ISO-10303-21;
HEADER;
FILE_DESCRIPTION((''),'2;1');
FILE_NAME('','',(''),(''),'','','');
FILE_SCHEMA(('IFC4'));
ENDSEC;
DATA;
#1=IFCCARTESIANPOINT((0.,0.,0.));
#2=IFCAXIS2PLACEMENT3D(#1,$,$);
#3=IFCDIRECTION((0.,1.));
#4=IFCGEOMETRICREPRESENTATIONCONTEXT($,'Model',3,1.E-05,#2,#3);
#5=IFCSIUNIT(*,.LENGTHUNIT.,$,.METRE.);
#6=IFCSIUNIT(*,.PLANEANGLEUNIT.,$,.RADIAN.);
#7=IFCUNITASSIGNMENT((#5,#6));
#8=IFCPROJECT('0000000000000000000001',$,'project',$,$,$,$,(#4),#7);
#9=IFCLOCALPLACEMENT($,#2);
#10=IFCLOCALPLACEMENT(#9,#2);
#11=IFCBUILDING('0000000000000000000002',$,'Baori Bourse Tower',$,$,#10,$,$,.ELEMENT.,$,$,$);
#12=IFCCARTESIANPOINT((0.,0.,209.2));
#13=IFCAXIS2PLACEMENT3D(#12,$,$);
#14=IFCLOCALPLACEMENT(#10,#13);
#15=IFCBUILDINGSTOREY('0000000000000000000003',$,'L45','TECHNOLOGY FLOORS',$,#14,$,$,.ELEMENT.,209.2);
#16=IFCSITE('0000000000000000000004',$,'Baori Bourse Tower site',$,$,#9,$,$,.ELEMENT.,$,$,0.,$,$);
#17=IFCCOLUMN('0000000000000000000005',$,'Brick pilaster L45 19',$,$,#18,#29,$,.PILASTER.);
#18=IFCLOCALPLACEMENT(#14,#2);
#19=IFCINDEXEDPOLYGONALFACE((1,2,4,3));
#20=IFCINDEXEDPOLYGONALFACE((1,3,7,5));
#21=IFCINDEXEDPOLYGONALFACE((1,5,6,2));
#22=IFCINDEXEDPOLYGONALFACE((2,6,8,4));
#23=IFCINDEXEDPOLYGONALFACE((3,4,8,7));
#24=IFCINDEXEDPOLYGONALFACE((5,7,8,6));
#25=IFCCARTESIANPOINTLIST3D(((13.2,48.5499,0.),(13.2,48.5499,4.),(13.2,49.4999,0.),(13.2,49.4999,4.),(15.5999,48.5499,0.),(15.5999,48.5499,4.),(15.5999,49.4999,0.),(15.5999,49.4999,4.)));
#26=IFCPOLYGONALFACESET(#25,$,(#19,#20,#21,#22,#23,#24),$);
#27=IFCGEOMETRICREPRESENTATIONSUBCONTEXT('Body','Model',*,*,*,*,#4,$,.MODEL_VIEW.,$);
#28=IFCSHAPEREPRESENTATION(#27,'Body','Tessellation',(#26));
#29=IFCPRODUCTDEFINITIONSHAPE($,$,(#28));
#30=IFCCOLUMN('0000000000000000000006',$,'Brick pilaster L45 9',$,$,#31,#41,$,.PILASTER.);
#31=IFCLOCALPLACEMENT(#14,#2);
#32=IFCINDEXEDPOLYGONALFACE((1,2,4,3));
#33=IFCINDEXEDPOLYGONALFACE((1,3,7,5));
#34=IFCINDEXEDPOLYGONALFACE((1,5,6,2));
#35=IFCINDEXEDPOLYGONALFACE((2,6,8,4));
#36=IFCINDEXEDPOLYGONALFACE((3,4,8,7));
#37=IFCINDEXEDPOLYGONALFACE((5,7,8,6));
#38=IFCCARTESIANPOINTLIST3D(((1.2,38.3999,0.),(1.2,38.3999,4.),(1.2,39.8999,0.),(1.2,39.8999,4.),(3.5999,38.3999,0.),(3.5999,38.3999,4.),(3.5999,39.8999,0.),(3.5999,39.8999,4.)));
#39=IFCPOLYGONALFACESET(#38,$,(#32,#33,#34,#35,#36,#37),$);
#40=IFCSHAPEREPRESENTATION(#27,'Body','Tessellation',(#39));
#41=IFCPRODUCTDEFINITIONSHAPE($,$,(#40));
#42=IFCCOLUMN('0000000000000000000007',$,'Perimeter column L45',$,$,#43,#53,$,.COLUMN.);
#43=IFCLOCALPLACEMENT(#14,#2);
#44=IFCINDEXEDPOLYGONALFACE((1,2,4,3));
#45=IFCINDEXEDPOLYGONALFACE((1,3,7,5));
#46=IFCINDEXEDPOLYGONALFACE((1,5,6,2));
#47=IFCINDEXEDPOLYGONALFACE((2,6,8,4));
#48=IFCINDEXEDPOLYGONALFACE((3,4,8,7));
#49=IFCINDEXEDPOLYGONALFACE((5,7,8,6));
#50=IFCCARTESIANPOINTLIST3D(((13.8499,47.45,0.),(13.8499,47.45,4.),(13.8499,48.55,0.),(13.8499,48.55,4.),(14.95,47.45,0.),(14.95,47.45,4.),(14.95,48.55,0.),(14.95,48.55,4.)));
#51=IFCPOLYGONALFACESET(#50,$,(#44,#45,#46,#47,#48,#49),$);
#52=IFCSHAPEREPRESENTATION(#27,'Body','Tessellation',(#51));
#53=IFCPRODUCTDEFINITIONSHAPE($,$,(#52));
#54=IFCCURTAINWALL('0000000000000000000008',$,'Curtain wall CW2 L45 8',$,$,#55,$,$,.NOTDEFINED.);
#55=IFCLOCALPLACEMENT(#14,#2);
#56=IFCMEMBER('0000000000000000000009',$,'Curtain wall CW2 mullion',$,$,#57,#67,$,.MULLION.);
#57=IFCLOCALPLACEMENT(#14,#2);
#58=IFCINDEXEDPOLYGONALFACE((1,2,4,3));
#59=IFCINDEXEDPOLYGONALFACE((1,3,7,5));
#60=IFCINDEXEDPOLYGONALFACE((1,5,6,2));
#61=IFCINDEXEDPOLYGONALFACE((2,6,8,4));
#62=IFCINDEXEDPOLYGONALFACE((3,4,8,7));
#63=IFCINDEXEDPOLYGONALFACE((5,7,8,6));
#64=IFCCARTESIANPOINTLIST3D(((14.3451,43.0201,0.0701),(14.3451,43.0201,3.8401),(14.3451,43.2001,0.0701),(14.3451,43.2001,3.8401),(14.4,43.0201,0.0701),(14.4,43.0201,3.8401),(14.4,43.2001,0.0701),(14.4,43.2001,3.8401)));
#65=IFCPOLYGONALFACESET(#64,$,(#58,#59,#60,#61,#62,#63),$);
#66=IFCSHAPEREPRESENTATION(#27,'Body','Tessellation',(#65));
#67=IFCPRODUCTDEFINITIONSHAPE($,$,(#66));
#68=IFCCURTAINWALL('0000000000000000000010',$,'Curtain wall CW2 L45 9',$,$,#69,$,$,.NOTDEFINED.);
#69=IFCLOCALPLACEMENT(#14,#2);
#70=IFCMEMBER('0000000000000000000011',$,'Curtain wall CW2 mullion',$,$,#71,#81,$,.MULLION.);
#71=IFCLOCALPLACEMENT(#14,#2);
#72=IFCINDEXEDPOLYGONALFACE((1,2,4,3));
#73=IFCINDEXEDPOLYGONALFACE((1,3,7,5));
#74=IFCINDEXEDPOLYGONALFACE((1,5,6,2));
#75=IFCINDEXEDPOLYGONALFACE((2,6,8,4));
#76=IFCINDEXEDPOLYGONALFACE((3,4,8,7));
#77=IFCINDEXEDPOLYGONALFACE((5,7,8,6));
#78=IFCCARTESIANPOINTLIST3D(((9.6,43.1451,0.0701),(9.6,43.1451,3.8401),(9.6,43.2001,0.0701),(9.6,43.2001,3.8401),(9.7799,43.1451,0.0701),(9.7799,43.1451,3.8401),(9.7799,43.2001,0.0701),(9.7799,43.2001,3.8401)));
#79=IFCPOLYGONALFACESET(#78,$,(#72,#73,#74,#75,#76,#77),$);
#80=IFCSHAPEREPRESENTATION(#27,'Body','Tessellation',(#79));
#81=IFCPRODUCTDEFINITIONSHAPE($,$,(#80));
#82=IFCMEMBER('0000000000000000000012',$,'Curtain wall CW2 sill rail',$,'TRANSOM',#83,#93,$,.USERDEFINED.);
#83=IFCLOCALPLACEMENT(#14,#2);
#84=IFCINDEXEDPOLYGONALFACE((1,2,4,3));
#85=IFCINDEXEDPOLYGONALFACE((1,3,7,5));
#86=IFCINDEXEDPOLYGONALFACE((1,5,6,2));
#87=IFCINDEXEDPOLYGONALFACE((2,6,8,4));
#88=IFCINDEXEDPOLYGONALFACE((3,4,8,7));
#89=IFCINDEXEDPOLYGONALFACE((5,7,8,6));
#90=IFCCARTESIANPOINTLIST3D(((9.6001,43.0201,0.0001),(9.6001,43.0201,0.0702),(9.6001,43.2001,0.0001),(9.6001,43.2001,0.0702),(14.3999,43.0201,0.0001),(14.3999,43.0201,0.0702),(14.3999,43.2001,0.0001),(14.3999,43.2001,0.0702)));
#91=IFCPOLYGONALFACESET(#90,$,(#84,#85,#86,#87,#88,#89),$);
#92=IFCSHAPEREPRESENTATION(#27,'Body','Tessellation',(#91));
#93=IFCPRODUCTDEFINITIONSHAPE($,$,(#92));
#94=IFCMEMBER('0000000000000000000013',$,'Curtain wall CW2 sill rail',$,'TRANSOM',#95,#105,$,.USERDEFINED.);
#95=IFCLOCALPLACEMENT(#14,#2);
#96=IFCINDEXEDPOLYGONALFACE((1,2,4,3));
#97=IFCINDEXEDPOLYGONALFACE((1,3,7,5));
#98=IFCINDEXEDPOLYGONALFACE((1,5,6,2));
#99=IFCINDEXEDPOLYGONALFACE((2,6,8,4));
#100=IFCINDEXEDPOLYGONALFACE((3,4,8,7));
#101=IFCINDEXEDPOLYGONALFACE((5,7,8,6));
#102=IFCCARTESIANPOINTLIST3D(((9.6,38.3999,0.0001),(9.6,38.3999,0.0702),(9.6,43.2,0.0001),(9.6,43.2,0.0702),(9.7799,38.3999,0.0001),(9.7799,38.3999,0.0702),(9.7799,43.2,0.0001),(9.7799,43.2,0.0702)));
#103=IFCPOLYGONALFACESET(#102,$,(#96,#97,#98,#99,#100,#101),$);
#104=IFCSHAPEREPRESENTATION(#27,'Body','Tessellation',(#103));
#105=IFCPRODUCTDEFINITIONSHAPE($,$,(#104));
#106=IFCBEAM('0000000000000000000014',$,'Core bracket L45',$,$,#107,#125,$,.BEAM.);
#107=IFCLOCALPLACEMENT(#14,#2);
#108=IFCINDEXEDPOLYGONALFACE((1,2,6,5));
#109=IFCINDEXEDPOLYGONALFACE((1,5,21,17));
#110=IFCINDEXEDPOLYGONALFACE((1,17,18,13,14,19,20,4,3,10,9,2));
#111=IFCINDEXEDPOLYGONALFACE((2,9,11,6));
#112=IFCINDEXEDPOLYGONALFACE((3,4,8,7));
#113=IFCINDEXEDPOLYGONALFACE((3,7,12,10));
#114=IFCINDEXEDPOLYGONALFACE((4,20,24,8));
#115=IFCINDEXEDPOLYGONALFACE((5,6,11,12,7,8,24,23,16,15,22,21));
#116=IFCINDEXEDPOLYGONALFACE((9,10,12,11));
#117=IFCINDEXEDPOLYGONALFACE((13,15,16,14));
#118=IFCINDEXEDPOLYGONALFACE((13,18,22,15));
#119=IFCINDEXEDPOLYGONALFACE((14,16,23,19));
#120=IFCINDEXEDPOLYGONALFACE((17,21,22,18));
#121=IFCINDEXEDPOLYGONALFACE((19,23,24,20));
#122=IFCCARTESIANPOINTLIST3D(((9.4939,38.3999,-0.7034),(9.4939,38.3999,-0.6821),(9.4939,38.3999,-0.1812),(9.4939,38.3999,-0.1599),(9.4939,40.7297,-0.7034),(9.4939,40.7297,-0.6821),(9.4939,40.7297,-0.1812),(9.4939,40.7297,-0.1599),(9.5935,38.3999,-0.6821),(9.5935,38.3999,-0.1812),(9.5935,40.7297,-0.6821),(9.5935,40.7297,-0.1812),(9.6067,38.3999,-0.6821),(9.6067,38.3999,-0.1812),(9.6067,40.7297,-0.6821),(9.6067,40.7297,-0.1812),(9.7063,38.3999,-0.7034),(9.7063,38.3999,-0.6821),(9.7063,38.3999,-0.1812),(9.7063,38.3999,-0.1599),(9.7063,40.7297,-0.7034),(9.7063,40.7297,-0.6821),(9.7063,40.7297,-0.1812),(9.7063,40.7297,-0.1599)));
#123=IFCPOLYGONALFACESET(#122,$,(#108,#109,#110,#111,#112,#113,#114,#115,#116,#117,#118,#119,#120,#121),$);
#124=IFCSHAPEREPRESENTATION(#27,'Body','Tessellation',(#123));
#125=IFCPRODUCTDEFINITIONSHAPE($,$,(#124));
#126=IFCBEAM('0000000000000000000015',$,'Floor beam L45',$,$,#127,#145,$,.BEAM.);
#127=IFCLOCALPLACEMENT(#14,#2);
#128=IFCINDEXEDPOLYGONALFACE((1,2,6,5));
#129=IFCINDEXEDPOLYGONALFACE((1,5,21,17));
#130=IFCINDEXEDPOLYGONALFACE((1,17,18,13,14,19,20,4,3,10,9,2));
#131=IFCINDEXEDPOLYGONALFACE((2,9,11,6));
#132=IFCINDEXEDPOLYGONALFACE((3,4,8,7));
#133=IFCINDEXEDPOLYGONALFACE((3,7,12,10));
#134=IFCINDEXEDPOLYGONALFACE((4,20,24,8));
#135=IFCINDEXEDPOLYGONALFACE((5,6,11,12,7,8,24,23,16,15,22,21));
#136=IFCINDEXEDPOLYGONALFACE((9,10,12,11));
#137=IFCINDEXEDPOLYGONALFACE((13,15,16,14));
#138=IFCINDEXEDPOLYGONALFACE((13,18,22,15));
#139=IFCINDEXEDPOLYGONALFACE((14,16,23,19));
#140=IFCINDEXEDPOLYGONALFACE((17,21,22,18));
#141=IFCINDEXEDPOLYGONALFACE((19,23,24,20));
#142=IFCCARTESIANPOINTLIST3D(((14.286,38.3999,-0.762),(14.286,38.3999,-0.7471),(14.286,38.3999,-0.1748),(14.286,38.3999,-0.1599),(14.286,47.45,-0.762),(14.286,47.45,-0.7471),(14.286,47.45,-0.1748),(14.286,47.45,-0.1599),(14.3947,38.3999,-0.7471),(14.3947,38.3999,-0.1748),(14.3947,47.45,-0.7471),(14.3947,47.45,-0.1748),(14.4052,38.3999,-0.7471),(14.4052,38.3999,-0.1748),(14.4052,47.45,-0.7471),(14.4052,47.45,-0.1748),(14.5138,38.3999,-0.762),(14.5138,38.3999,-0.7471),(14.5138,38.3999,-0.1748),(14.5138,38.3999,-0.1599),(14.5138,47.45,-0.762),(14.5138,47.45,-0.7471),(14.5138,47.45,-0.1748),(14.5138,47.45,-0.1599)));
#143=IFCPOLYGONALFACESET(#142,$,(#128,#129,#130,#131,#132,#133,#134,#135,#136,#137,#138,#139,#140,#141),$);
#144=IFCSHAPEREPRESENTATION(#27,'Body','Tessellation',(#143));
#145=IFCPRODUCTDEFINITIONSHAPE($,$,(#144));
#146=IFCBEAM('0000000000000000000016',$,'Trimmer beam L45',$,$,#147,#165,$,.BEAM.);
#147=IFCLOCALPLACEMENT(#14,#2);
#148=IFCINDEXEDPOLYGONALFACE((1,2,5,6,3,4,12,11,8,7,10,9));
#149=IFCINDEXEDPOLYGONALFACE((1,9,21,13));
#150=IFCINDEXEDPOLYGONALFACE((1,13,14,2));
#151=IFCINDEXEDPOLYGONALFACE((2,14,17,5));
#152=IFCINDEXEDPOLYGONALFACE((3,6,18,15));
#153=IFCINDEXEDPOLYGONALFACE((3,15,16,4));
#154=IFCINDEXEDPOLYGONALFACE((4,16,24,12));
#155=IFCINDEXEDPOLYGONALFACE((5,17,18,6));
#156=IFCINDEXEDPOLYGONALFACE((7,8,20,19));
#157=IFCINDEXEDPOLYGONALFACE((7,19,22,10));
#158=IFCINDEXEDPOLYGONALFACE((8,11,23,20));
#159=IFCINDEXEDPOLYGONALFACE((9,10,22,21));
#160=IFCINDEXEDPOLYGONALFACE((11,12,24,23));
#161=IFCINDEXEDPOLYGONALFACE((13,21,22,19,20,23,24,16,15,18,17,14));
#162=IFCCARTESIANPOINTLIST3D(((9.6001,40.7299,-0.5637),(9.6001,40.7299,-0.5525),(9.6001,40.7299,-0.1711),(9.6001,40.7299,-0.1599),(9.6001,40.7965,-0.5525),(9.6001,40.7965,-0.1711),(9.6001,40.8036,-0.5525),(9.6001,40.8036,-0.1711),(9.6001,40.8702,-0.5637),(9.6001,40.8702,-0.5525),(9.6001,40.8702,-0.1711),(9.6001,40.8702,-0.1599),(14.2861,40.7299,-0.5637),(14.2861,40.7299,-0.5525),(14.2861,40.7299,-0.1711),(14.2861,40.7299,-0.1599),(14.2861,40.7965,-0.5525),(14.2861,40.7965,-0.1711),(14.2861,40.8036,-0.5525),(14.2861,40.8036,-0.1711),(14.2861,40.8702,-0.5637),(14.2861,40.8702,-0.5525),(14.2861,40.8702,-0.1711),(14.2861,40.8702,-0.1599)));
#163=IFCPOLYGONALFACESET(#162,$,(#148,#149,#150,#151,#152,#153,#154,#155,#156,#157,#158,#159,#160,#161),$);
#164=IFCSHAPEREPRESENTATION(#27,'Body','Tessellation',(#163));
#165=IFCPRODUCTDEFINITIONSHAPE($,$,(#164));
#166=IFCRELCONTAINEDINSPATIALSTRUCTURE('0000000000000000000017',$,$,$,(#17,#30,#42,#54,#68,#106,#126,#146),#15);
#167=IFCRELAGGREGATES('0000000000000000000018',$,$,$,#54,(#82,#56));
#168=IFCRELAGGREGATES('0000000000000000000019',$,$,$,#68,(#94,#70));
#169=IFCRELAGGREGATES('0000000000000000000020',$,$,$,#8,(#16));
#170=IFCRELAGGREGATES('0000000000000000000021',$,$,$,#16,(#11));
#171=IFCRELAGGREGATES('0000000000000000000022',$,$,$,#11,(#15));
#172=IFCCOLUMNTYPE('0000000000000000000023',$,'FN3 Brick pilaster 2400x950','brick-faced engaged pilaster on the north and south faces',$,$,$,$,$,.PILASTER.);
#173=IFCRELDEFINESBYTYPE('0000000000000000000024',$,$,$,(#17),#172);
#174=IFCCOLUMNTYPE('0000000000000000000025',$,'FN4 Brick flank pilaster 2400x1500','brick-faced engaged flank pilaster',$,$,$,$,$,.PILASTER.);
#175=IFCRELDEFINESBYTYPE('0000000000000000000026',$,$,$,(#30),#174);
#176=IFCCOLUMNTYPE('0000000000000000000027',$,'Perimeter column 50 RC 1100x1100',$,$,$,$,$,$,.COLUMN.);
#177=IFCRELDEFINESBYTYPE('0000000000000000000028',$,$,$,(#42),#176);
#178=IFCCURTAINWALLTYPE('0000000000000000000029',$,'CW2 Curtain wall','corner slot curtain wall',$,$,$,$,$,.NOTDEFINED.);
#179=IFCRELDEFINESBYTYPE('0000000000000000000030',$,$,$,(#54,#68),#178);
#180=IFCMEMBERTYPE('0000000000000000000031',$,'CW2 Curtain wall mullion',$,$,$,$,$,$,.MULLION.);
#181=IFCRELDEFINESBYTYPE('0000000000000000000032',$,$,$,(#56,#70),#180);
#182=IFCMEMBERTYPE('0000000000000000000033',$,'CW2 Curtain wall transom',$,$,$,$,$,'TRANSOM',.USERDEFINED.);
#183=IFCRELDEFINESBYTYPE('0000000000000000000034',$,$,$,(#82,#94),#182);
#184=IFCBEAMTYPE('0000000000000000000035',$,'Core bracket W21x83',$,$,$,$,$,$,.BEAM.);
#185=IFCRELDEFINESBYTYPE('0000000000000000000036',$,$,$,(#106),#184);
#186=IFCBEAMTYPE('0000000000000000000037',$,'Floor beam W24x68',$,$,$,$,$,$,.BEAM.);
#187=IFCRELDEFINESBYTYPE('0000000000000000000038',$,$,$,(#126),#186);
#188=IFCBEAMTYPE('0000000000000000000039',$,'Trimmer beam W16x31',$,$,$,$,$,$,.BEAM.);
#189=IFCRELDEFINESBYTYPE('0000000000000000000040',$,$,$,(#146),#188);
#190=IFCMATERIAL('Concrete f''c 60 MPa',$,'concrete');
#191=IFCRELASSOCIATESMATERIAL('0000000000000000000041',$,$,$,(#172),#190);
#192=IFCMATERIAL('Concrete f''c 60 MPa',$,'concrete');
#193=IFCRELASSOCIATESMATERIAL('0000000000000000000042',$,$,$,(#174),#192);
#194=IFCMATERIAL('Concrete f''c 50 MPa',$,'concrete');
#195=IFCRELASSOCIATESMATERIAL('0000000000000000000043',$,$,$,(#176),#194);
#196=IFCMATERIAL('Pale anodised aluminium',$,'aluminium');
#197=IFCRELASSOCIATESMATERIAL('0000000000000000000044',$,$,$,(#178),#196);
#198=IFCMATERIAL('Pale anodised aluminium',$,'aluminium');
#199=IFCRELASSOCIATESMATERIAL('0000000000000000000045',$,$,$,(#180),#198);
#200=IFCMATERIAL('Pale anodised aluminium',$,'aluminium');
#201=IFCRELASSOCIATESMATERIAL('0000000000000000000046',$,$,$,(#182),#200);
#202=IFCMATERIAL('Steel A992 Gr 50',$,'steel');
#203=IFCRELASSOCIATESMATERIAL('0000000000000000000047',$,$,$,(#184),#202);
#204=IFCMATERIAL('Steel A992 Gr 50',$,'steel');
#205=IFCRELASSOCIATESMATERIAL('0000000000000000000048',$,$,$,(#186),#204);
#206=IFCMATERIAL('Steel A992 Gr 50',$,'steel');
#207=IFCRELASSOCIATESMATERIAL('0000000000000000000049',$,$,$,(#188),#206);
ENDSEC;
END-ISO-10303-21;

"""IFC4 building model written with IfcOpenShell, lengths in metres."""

from ifc_helpers import new_model, si_unit, direction, frame, origin, origin_2d, place, context, subcontext, project, spatial, rectangle, i_section, extrude, material, material_profile, profile_set, type_object, element, aggregate, save


model = new_model("IFC4")

# Units and contexts
model_context = context("Model", 3, precision=1e-05, world=origin(), true_north=direction((0.0, 1.0)))
body_context = subcontext(model_context, "Body", "Model", "MODEL_VIEW")
ifc_project = project(units=[si_unit("LENGTHUNIT", "METRE"), si_unit("PLANEANGLEUNIT", "RADIAN")], contexts=[model_context])

# Site, building, storey
site_placement = place(None, origin())
site = spatial("IfcSite", under=ifc_project, at=site_placement, Name="Baori Bourse Tower site", CompositionType="ELEMENT", RefElevation=0.0)
building_placement = place(site_placement, origin())
building = spatial("IfcBuilding", under=site, at=building_placement, Name="Baori Bourse Tower", CompositionType="ELEMENT")
storey_placement = place(building_placement, frame((0.0, 0.0, 209.2)))
storey = spatial("IfcBuildingStorey", under=building, at=storey_placement, Name="L45", Description="TECHNOLOGY FLOORS", CompositionType="ELEMENT", Elevation=209.2)

# Columns
ifc_material_1 = material(Name="Concrete f'c 60 MPa", Category="concrete")
ifc_material_profile_1 = material_profile(ifc_material_1, rectangle(XDim=2.3999, YDim=0.95, at=origin_2d()), Name="RC 2400x950")
ifc_profile_set_1 = profile_set([ifc_material_profile_1], Name="Concrete f'c 60 MPa")
column_type_1 = type_object("IfcColumnType", Name="FN3 Brick pilaster 2400x950", Description="brick-faced engaged pilaster on the north and south faces", PredefinedType="PILASTER", material=ifc_profile_set_1)
column_1_placement = place(storey_placement, frame((14.3999, 49.0249, 0.0), z_axis=(0.0, 0.0, 1.0), x_axis=(1.0, 0.0, 0.0)))
element("IfcColumn", 1, at=column_1_placement, inside=storey, type_object=column_type_1, Name="Brick pilaster L45 19", PredefinedType="PILASTER", context=body_context, shape_type="SweptSolid", body=[
    extrude(rectangle(XDim=2.3999, YDim=0.95, at=origin_2d()), origin(), (0.0, 0.0, 1.0), 4.0),
])
ifc_material_2 = material(Name="Concrete f'c 60 MPa", Category="concrete")
ifc_material_profile_2 = material_profile(ifc_material_2, rectangle(XDim=2.3999, YDim=1.5, at=origin_2d()), Name="RC 2400x1500")
ifc_profile_set_2 = profile_set([ifc_material_profile_2], Name="Concrete f'c 60 MPa")
column_type_2 = type_object("IfcColumnType", Name="FN4 Brick flank pilaster 2400x1500", Description="brick-faced engaged flank pilaster", PredefinedType="PILASTER", material=ifc_profile_set_2)
column_2_placement = place(storey_placement, frame((2.3999, 39.1499, 0.0), z_axis=(0.0, 0.0, 1.0), x_axis=(1.0, 0.0, 0.0)))
element("IfcColumn", 2, at=column_2_placement, inside=storey, type_object=column_type_2, Name="Brick pilaster L45 9", PredefinedType="PILASTER", context=body_context, shape_type="SweptSolid", body=[
    extrude(rectangle(XDim=2.3999, YDim=1.5, at=origin_2d()), origin(), (0.0, 0.0, 1.0), 4.0),
])
ifc_material_3 = material(Name="Concrete f'c 50 MPa", Category="concrete")
ifc_material_profile_3 = material_profile(ifc_material_3, rectangle(XDim=1.1001, YDim=1.1001, at=origin_2d()), Name="RC 1100x1100")
ifc_profile_set_3 = profile_set([ifc_material_profile_3], Name="Concrete f'c 50 MPa")
column_type_3 = type_object("IfcColumnType", Name="Perimeter column 50 RC 1100x1100", PredefinedType="COLUMN", material=ifc_profile_set_3)
column_3_placement = place(storey_placement, frame((14.3999, 48.0, 0.0), z_axis=(0.0, 0.0, 1.0), x_axis=(1.0, 0.0, 0.0)))
element("IfcColumn", 3, at=column_3_placement, inside=storey, type_object=column_type_3, Name="Perimeter column L45", PredefinedType="COLUMN", context=body_context, shape_type="SweptSolid", body=[
    extrude(rectangle(XDim=1.1001, YDim=1.1001, at=origin_2d()), origin(), (0.0, 0.0, 1.0), 4.0),
])

# Curtain walls, members
ifc_material_4 = material(Name="Pale anodised aluminium", Category="aluminium")
curtain_wall_type = type_object("IfcCurtainWallType", Name="CW2 Curtain wall", Description="corner slot curtain wall", PredefinedType="NOTDEFINED", material=ifc_material_4)
curtain_wall_1_placement = place(storey_placement, origin())
curtain_wall_1 = element("IfcCurtainWall", 4, at=curtain_wall_1_placement, inside=storey, type_object=curtain_wall_type, Name="Curtain wall CW2 L45 8", PredefinedType="NOTDEFINED")
ifc_material_5 = material(Name="Pale anodised aluminium", Category="aluminium")
ifc_material_profile_4 = material_profile(ifc_material_5, rectangle(XDim=0.1799, YDim=0.0549, at=origin_2d()), Name="Mullion 55x180")
ifc_profile_set_4 = profile_set([ifc_material_profile_4], Name="Pale anodised aluminium")
member_type_1 = type_object("IfcMemberType", Name="CW2 Curtain wall mullion", PredefinedType="MULLION", material=ifc_profile_set_4)
member_1_placement = place(storey_placement, frame((14.3726, 43.1101, 0.0701), z_axis=(0.0, 0.0, 1.0), x_axis=(0.0, -1.0, 0.0)))
member_1 = element("IfcMember", 5, at=member_1_placement, type_object=member_type_1, Name="Curtain wall CW2 mullion", PredefinedType="MULLION", context=body_context, shape_type="SweptSolid", body=[
    extrude(rectangle(XDim=0.1799, YDim=0.0549, at=origin_2d()), origin(), (0.0, 0.0, 1.0), 3.77),
])
curtain_wall_2_placement = place(storey_placement, origin())
curtain_wall_2 = element("IfcCurtainWall", 6, at=curtain_wall_2_placement, inside=storey, type_object=curtain_wall_type, Name="Curtain wall CW2 L45 9", PredefinedType="NOTDEFINED")
member_2_placement = place(storey_placement, frame((9.6899, 43.1726, 0.0701), z_axis=(0.0, 0.0, 1.0), x_axis=(1.0, 0.0, 0.0)))
member_2 = element("IfcMember", 7, at=member_2_placement, type_object=member_type_1, Name="Curtain wall CW2 mullion", PredefinedType="MULLION", context=body_context, shape_type="SweptSolid", body=[
    extrude(rectangle(XDim=0.1799, YDim=0.0549, at=origin_2d()), origin(), (0.0, 0.0, 1.0), 3.77),
])

# Members
ifc_material_6 = material(Name="Pale anodised aluminium", Category="aluminium")
ifc_material_profile_5 = material_profile(ifc_material_6, rectangle(XDim=0.1799, YDim=0.0701, at=origin_2d()), Name="Transom 70x180")
ifc_profile_set_5 = profile_set([ifc_material_profile_5], Name="Pale anodised aluminium")
member_type_2 = type_object("IfcMemberType", Name="CW2 Curtain wall transom", ElementType="TRANSOM", PredefinedType="USERDEFINED", material=ifc_profile_set_5)
member_3_placement = place(storey_placement, frame((14.3999, 43.1101, 0.0352), z_axis=(-1.0, 0.0, 0.0), x_axis=(0.0, -1.0, 0.0)))
member_3 = element("IfcMember", 8, at=member_3_placement, type_object=member_type_2, Name="Curtain wall CW2 sill rail", ObjectType="TRANSOM", PredefinedType="USERDEFINED", context=body_context, shape_type="SweptSolid", body=[
    extrude(rectangle(XDim=0.1799, YDim=0.0701, at=origin_2d()), origin(), (0.0, 0.0, 1.0), 4.7998),
])
member_4_placement = place(storey_placement, frame((9.6899, 43.2, 0.0352), z_axis=(0.0, -1.0, 0.0), x_axis=(1.0, 0.0, 0.0)))
member_4 = element("IfcMember", 9, at=member_4_placement, type_object=member_type_2, Name="Curtain wall CW2 sill rail", ObjectType="TRANSOM", PredefinedType="USERDEFINED", context=body_context, shape_type="SweptSolid", body=[
    extrude(rectangle(XDim=0.1799, YDim=0.0701, at=origin_2d()), origin(), (0.0, 0.0, 1.0), 4.8),
])

# Beams
ifc_material_7 = material(Name="Steel A992 Gr 50", Category="steel")
ifc_material_profile_6 = material_profile(ifc_material_7, i_section(OverallWidth=0.2124, OverallDepth=0.5435, WebThickness=0.0132, FlangeThickness=0.0212, at=origin_2d()), Name="W21x83")
ifc_profile_set_6 = profile_set([ifc_material_profile_6], Name="Steel A992 Gr 50")
beam_type_1 = type_object("IfcBeamType", Name="Core bracket W21x83", PredefinedType="BEAM", material=ifc_profile_set_6)
beam_1_placement = place(storey_placement, frame((9.6001, 38.3999, -0.4316), z_axis=(0.0, 1.0, 0.0), x_axis=(-1.0, 0.0, 0.0)))
element("IfcBeam", 10, at=beam_1_placement, inside=storey, type_object=beam_type_1, Name="Core bracket L45", PredefinedType="BEAM", context=body_context, shape_type="SweptSolid", body=[
    extrude(i_section(OverallWidth=0.2124, OverallDepth=0.5435, WebThickness=0.0132, FlangeThickness=0.0212, at=origin_2d()), origin(), (0.0, 0.0, 1.0), 2.3298),
])
ifc_material_8 = material(Name="Steel A992 Gr 50", Category="steel")
ifc_material_profile_7 = material_profile(ifc_material_8, i_section(OverallWidth=0.2278, OverallDepth=0.6021, WebThickness=0.0105, FlangeThickness=0.0149, at=origin_2d()), Name="W24x68")
ifc_profile_set_7 = profile_set([ifc_material_profile_7], Name="Steel A992 Gr 50")
beam_type_2 = type_object("IfcBeamType", Name="Floor beam W24x68", PredefinedType="BEAM", material=ifc_profile_set_7)
beam_2_placement = place(storey_placement, frame((14.3999, 38.3999, -0.4609), z_axis=(0.0, 1.0, 0.0), x_axis=(-1.0, 0.0, 0.0)))
element("IfcBeam", 11, at=beam_2_placement, inside=storey, type_object=beam_type_2, Name="Floor beam L45", PredefinedType="BEAM", context=body_context, shape_type="SweptSolid", body=[
    extrude(i_section(OverallWidth=0.2278, OverallDepth=0.6021, WebThickness=0.0105, FlangeThickness=0.0149, at=origin_2d()), origin(), (0.0, 0.0, 1.0), 9.05),
])
ifc_material_9 = material(Name="Steel A992 Gr 50", Category="steel")
ifc_material_profile_8 = material_profile(ifc_material_9, i_section(OverallWidth=0.1404, OverallDepth=0.4038, WebThickness=0.0071, FlangeThickness=0.0112, at=origin_2d()), Name="W16x31")
ifc_profile_set_8 = profile_set([ifc_material_profile_8], Name="Steel A992 Gr 50")
beam_type_3 = type_object("IfcBeamType", Name="Trimmer beam W16x31", PredefinedType="BEAM", material=ifc_profile_set_8)
beam_3_placement = place(storey_placement, frame((9.6001, 40.8, -0.3618), z_axis=(1.0, 0.0, 0.0), x_axis=(0.0, 1.0, 0.0)))
element("IfcBeam", 12, at=beam_3_placement, inside=storey, type_object=beam_type_3, Name="Trimmer beam L45", PredefinedType="BEAM", context=body_context, shape_type="SweptSolid", body=[
    extrude(i_section(OverallWidth=0.1404, OverallDepth=0.4038, WebThickness=0.0071, FlangeThickness=0.0112, at=origin_2d()), origin(), (0.0, 0.0, 1.0), 4.686),
])

aggregate(curtain_wall_1, [member_3, member_1])
aggregate(curtain_wall_2, [member_4, member_2])

save(model, "model.ifc")
